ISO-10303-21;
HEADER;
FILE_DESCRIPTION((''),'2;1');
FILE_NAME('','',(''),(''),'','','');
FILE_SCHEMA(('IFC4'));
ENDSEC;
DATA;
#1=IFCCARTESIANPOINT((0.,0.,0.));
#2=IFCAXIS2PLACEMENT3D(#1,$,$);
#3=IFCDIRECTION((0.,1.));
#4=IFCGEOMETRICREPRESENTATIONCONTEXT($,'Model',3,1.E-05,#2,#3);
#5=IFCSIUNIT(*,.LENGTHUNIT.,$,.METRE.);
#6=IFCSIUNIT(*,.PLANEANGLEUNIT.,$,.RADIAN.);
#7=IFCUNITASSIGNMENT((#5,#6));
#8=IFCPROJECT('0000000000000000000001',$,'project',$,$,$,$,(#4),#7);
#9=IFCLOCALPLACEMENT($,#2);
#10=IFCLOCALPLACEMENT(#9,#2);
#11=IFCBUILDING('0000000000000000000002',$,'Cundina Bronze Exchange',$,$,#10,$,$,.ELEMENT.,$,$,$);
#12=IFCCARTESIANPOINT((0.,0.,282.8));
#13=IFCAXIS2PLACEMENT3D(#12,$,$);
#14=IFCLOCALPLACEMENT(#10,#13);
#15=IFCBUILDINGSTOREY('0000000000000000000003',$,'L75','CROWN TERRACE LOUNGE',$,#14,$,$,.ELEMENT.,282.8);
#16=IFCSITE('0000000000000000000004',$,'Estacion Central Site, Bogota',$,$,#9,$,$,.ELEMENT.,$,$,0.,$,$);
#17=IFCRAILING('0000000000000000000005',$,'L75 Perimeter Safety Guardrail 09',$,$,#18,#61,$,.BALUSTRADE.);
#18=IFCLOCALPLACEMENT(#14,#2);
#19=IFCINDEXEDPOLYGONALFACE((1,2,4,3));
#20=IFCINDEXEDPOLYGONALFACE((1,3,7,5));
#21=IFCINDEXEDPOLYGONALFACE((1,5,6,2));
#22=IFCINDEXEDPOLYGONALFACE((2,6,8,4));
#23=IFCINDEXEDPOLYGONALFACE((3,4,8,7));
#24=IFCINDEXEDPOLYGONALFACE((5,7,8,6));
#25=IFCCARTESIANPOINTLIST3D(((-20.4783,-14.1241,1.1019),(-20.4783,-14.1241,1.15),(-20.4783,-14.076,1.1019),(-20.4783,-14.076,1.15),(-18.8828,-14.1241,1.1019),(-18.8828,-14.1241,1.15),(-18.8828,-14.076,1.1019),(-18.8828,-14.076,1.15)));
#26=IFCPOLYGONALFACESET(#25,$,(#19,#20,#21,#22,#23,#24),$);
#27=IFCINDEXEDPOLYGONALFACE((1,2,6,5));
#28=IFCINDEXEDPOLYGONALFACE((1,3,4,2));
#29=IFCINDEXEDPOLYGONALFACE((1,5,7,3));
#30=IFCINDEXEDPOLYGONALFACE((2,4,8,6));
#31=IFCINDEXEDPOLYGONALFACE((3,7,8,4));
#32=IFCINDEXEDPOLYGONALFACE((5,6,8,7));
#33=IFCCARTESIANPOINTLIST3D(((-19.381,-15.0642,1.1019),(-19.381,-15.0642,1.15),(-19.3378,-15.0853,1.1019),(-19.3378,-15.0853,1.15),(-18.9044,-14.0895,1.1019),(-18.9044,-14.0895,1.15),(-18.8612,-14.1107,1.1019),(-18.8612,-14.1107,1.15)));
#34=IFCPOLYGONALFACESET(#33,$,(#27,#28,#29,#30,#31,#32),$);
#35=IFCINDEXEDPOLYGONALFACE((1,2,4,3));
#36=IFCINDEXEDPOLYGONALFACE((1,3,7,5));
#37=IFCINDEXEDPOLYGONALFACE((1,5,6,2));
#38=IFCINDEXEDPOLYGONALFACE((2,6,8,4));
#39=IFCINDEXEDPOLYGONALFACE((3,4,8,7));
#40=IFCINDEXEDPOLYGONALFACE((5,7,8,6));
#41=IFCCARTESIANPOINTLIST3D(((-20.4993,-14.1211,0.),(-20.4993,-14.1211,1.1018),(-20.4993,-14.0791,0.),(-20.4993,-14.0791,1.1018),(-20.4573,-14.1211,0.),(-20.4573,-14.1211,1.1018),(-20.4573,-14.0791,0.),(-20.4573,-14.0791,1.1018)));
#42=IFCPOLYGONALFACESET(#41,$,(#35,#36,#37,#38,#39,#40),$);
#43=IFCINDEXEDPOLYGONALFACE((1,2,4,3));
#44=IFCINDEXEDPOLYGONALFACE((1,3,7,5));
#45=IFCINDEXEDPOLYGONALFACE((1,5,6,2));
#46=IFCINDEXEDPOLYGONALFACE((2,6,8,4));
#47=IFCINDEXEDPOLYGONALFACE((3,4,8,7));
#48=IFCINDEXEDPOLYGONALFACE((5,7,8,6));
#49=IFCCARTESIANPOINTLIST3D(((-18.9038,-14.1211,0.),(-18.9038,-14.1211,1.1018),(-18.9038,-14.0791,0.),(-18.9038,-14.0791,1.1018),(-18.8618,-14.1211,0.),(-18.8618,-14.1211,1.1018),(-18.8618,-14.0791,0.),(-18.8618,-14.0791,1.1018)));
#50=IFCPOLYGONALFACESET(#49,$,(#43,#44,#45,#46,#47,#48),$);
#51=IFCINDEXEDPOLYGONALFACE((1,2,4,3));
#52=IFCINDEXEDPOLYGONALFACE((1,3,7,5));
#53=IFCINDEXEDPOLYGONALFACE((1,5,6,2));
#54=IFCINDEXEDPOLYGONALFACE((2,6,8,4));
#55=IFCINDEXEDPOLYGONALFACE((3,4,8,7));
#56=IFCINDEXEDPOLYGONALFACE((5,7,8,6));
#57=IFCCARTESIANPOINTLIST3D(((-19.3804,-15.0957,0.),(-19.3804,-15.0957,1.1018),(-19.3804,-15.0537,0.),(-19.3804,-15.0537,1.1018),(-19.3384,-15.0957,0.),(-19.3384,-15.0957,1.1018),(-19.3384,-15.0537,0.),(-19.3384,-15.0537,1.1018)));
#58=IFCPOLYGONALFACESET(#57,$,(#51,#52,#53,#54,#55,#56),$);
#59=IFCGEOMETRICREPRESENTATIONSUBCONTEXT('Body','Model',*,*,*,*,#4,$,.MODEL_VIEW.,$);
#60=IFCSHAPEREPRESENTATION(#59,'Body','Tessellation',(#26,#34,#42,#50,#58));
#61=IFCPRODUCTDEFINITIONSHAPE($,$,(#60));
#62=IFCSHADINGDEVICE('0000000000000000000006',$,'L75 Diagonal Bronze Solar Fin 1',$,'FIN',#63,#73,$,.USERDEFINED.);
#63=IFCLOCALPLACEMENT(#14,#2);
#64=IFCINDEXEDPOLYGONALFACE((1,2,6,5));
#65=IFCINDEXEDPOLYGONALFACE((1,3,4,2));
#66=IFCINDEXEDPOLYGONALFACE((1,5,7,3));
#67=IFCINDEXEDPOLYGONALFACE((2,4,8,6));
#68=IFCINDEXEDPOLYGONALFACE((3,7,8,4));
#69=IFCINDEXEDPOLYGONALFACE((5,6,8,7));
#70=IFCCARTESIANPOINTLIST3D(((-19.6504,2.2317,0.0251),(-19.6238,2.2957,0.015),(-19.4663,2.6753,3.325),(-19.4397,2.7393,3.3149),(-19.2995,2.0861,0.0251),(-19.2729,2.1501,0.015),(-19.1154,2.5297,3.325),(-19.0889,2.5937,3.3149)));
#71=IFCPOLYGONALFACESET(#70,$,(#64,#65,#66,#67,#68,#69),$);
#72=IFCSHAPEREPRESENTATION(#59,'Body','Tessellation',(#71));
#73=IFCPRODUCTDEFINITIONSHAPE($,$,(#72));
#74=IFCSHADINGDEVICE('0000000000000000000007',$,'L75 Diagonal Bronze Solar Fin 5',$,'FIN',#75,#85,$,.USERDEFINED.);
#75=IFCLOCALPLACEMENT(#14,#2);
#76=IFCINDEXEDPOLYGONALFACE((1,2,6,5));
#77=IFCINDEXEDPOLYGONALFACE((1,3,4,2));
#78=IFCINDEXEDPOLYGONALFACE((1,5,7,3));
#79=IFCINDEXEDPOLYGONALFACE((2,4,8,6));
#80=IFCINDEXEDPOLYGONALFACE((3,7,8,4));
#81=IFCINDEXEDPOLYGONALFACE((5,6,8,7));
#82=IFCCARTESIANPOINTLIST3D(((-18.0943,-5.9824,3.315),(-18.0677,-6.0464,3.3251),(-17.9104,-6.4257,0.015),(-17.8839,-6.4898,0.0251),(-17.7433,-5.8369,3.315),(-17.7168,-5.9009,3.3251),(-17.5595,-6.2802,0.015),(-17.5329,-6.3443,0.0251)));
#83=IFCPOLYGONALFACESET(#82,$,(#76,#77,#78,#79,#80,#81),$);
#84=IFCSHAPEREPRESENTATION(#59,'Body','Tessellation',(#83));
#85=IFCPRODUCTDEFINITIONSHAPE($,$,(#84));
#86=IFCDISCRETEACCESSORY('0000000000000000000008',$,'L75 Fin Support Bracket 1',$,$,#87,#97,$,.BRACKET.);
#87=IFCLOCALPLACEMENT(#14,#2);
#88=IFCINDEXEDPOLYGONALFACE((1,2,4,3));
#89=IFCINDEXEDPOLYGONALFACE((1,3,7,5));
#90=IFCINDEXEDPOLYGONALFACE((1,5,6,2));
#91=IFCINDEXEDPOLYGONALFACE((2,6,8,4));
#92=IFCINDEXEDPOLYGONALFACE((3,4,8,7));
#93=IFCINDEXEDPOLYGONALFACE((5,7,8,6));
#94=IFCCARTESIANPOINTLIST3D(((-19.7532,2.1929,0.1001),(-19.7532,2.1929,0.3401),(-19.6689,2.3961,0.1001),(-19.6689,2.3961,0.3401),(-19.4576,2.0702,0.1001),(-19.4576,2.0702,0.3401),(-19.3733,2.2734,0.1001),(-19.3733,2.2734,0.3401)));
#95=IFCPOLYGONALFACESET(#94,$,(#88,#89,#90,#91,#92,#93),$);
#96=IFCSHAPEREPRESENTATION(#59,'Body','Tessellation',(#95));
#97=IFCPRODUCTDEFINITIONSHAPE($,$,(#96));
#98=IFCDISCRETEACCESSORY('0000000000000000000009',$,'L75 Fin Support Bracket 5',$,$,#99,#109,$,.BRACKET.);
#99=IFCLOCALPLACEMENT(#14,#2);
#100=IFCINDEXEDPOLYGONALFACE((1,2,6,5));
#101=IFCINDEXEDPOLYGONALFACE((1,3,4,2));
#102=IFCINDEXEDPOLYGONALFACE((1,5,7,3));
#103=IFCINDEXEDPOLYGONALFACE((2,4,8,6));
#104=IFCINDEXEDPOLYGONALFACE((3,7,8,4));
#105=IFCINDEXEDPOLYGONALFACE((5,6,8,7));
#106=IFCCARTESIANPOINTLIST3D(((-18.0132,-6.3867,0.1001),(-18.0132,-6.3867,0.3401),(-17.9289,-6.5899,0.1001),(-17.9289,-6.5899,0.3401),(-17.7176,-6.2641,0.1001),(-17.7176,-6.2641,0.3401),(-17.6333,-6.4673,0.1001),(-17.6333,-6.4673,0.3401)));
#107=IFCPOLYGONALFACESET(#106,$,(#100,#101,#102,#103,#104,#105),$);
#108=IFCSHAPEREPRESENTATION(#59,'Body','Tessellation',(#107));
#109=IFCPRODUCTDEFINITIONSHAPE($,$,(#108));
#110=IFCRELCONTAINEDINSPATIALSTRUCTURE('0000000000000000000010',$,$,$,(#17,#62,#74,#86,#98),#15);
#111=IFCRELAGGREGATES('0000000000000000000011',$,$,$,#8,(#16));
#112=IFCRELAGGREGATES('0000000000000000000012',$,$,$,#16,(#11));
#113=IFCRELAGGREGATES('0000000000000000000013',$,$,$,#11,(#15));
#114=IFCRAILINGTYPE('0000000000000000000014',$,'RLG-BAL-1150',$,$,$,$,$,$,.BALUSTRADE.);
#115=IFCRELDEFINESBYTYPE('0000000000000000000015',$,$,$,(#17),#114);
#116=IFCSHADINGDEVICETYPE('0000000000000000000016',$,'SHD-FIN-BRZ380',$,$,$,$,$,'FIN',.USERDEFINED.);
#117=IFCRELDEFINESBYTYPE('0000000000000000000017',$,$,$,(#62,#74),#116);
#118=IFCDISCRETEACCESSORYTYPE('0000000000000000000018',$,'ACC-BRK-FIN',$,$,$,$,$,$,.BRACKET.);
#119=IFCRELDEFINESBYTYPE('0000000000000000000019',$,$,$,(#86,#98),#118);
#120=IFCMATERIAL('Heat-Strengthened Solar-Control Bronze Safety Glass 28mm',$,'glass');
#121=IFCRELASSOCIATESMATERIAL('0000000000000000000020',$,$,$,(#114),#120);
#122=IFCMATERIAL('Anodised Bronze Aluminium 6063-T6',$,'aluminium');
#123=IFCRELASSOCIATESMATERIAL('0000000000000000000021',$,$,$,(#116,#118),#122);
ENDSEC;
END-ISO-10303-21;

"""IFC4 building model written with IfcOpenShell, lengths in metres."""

from ifc_helpers import new_model, si_unit, direction, frame, origin, origin_2d, place, context, subcontext, project, spatial, rectangle, extrude, material, material_profile, profile_set, type_object, element, save


model = new_model("IFC4")

# Units and contexts
model_context = context("Model", 3, precision=1e-05, world=origin(), true_north=direction((0.0, 1.0)))
body_context = subcontext(model_context, "Body", "Model", "MODEL_VIEW")
ifc_project = project(units=[si_unit("LENGTHUNIT", "METRE"), si_unit("PLANEANGLEUNIT", "RADIAN")], contexts=[model_context])

# Site, building, storey
site_placement = place(None, origin())
site = spatial("IfcSite", under=ifc_project, at=site_placement, Name="Estacion Central Site, Bogota", CompositionType="ELEMENT", RefElevation=0.0)
building_placement = place(site_placement, origin())
building = spatial("IfcBuilding", under=site, at=building_placement, Name="Cundina Bronze Exchange", CompositionType="ELEMENT")
storey_placement = place(building_placement, frame((0.0, 0.0, 282.8)))
storey = spatial("IfcBuildingStorey", under=building, at=storey_placement, Name="L75", Description="CROWN TERRACE LOUNGE", CompositionType="ELEMENT", Elevation=282.8)

# Shared definitions
ifc_material_1 = material(Name="Anodised Bronze Aluminium 6063-T6", Category="aluminium")

# Railing
ifc_material_2 = material(Name="Heat-Strengthened Solar-Control Bronze Safety Glass 28mm", Category="glass")
railing_type = type_object("IfcRailingType", Name="RLG-BAL-1150", PredefinedType="BALUSTRADE", material=ifc_material_2)
railing_1_placement = place(storey_placement, frame((-20.4783, -14.1001, 0.0)))
element("IfcRailing", 1, at=railing_1_placement, inside=storey, type_object=railing_type, Name="L75 Perimeter Safety Guardrail 09", PredefinedType="BALUSTRADE", context=body_context, shape_type="SweptSolid", body=[
    extrude(rectangle(XDim=0.0481, YDim=0.0481, at=origin_2d()), frame((0.0, 0.0, 1.126), z_axis=(1.0, 0.0, 0.0), x_axis=(0.0, 1.0, 0.0)), (0.0, 0.0, 1.0), 1.5955),
    extrude(rectangle(XDim=0.0481, YDim=0.0481, at=origin_2d()), frame((1.5955, 0.0, 1.126), z_axis=(-0.439275, -0.898353, 0.0), x_axis=(0.898353, -0.439275, 0.0)), (0.0, 0.0, 1.0), 1.085),
    extrude(rectangle(XDim=0.042, YDim=0.042, at=origin_2d()), origin(), (0.0, 0.0, 1.0), 1.1018),
    extrude(rectangle(XDim=0.042, YDim=0.042, at=origin_2d()), frame((1.5955, 0.0, 0.0)), (0.0, 0.0, 1.0), 1.1018),
    extrude(rectangle(XDim=0.042, YDim=0.042, at=origin_2d()), frame((1.1189, -0.9746, 0.0)), (0.0, 0.0, 1.0), 1.1018),
])

# Shading devices
ifc_material_profile_1 = material_profile(ifc_material_1, rectangle(XDim=0.0701, YDim=0.3799, at=origin_2d()), Name="FIN70X380", Category="aluminium")
ifc_profile_set_1 = profile_set([ifc_material_profile_1], Name="Anodised Bronze Aluminium 6063-T6")
shading_device_type = type_object("IfcShadingDeviceType", Name="SHD-FIN-BRZ380", ElementType="FIN", PredefinedType="USERDEFINED", material=ifc_profile_set_1)
for number, where, z_axis, x_axis, name in (
    (2, (-19.4617, 2.1909, 0.02), (0.0552, 0.133022, 0.989575), (-0.379284, -0.914003, 0.14402), "L75 Diagonal Bronze Solar Fin 1"),
    (3, (-17.7217, -6.385, 0.02), (-0.055128, 0.132951, 0.989588), (0.379038, -0.91412, 0.143927), "L75 Diagonal Bronze Solar Fin 5"),
):
    element("IfcShadingDevice", number, at=place(storey_placement, frame(where, z_axis=z_axis, x_axis=x_axis)), inside=storey, type_object=shading_device_type, Name=name, ObjectType="FIN", PredefinedType="USERDEFINED", context=body_context, shape_type="SweptSolid", body=[
        extrude(rectangle(XDim=0.0701, YDim=0.3799, at=origin_2d()), origin(), (0.0, 0.0, 1.0), 3.3347),
    ])

# Discrete accessories
discrete_accessory_type = type_object("IfcDiscreteAccessoryType", Name="ACC-BRK-FIN", PredefinedType="BRACKET", material=ifc_material_1)
for number, where, z_axis, x_axis, name in (
    (4, (-19.5632, 2.2332, 0.1001), (0.0, 0.0, 1.0), (0.383232, 0.923652, 0.0), "L75 Fin Support Bracket 1"),
    (5, (-17.8232, -6.427, 0.1001), (0.0, 0.0, 1.0), (-0.383232, 0.923652, 0.0), "L75 Fin Support Bracket 5"),
):
    element("IfcDiscreteAccessory", number, at=place(storey_placement, frame(where, z_axis=z_axis, x_axis=x_axis)), inside=storey, type_object=discrete_accessory_type, Name=name, PredefinedType="BRACKET", context=body_context, shape_type="SweptSolid", body=[
        extrude(rectangle(XDim=0.22, YDim=0.3201, at=origin_2d()), origin(), (0.0, 0.0, 1.0), 0.24),
    ])

save(model, "model.ifc")
